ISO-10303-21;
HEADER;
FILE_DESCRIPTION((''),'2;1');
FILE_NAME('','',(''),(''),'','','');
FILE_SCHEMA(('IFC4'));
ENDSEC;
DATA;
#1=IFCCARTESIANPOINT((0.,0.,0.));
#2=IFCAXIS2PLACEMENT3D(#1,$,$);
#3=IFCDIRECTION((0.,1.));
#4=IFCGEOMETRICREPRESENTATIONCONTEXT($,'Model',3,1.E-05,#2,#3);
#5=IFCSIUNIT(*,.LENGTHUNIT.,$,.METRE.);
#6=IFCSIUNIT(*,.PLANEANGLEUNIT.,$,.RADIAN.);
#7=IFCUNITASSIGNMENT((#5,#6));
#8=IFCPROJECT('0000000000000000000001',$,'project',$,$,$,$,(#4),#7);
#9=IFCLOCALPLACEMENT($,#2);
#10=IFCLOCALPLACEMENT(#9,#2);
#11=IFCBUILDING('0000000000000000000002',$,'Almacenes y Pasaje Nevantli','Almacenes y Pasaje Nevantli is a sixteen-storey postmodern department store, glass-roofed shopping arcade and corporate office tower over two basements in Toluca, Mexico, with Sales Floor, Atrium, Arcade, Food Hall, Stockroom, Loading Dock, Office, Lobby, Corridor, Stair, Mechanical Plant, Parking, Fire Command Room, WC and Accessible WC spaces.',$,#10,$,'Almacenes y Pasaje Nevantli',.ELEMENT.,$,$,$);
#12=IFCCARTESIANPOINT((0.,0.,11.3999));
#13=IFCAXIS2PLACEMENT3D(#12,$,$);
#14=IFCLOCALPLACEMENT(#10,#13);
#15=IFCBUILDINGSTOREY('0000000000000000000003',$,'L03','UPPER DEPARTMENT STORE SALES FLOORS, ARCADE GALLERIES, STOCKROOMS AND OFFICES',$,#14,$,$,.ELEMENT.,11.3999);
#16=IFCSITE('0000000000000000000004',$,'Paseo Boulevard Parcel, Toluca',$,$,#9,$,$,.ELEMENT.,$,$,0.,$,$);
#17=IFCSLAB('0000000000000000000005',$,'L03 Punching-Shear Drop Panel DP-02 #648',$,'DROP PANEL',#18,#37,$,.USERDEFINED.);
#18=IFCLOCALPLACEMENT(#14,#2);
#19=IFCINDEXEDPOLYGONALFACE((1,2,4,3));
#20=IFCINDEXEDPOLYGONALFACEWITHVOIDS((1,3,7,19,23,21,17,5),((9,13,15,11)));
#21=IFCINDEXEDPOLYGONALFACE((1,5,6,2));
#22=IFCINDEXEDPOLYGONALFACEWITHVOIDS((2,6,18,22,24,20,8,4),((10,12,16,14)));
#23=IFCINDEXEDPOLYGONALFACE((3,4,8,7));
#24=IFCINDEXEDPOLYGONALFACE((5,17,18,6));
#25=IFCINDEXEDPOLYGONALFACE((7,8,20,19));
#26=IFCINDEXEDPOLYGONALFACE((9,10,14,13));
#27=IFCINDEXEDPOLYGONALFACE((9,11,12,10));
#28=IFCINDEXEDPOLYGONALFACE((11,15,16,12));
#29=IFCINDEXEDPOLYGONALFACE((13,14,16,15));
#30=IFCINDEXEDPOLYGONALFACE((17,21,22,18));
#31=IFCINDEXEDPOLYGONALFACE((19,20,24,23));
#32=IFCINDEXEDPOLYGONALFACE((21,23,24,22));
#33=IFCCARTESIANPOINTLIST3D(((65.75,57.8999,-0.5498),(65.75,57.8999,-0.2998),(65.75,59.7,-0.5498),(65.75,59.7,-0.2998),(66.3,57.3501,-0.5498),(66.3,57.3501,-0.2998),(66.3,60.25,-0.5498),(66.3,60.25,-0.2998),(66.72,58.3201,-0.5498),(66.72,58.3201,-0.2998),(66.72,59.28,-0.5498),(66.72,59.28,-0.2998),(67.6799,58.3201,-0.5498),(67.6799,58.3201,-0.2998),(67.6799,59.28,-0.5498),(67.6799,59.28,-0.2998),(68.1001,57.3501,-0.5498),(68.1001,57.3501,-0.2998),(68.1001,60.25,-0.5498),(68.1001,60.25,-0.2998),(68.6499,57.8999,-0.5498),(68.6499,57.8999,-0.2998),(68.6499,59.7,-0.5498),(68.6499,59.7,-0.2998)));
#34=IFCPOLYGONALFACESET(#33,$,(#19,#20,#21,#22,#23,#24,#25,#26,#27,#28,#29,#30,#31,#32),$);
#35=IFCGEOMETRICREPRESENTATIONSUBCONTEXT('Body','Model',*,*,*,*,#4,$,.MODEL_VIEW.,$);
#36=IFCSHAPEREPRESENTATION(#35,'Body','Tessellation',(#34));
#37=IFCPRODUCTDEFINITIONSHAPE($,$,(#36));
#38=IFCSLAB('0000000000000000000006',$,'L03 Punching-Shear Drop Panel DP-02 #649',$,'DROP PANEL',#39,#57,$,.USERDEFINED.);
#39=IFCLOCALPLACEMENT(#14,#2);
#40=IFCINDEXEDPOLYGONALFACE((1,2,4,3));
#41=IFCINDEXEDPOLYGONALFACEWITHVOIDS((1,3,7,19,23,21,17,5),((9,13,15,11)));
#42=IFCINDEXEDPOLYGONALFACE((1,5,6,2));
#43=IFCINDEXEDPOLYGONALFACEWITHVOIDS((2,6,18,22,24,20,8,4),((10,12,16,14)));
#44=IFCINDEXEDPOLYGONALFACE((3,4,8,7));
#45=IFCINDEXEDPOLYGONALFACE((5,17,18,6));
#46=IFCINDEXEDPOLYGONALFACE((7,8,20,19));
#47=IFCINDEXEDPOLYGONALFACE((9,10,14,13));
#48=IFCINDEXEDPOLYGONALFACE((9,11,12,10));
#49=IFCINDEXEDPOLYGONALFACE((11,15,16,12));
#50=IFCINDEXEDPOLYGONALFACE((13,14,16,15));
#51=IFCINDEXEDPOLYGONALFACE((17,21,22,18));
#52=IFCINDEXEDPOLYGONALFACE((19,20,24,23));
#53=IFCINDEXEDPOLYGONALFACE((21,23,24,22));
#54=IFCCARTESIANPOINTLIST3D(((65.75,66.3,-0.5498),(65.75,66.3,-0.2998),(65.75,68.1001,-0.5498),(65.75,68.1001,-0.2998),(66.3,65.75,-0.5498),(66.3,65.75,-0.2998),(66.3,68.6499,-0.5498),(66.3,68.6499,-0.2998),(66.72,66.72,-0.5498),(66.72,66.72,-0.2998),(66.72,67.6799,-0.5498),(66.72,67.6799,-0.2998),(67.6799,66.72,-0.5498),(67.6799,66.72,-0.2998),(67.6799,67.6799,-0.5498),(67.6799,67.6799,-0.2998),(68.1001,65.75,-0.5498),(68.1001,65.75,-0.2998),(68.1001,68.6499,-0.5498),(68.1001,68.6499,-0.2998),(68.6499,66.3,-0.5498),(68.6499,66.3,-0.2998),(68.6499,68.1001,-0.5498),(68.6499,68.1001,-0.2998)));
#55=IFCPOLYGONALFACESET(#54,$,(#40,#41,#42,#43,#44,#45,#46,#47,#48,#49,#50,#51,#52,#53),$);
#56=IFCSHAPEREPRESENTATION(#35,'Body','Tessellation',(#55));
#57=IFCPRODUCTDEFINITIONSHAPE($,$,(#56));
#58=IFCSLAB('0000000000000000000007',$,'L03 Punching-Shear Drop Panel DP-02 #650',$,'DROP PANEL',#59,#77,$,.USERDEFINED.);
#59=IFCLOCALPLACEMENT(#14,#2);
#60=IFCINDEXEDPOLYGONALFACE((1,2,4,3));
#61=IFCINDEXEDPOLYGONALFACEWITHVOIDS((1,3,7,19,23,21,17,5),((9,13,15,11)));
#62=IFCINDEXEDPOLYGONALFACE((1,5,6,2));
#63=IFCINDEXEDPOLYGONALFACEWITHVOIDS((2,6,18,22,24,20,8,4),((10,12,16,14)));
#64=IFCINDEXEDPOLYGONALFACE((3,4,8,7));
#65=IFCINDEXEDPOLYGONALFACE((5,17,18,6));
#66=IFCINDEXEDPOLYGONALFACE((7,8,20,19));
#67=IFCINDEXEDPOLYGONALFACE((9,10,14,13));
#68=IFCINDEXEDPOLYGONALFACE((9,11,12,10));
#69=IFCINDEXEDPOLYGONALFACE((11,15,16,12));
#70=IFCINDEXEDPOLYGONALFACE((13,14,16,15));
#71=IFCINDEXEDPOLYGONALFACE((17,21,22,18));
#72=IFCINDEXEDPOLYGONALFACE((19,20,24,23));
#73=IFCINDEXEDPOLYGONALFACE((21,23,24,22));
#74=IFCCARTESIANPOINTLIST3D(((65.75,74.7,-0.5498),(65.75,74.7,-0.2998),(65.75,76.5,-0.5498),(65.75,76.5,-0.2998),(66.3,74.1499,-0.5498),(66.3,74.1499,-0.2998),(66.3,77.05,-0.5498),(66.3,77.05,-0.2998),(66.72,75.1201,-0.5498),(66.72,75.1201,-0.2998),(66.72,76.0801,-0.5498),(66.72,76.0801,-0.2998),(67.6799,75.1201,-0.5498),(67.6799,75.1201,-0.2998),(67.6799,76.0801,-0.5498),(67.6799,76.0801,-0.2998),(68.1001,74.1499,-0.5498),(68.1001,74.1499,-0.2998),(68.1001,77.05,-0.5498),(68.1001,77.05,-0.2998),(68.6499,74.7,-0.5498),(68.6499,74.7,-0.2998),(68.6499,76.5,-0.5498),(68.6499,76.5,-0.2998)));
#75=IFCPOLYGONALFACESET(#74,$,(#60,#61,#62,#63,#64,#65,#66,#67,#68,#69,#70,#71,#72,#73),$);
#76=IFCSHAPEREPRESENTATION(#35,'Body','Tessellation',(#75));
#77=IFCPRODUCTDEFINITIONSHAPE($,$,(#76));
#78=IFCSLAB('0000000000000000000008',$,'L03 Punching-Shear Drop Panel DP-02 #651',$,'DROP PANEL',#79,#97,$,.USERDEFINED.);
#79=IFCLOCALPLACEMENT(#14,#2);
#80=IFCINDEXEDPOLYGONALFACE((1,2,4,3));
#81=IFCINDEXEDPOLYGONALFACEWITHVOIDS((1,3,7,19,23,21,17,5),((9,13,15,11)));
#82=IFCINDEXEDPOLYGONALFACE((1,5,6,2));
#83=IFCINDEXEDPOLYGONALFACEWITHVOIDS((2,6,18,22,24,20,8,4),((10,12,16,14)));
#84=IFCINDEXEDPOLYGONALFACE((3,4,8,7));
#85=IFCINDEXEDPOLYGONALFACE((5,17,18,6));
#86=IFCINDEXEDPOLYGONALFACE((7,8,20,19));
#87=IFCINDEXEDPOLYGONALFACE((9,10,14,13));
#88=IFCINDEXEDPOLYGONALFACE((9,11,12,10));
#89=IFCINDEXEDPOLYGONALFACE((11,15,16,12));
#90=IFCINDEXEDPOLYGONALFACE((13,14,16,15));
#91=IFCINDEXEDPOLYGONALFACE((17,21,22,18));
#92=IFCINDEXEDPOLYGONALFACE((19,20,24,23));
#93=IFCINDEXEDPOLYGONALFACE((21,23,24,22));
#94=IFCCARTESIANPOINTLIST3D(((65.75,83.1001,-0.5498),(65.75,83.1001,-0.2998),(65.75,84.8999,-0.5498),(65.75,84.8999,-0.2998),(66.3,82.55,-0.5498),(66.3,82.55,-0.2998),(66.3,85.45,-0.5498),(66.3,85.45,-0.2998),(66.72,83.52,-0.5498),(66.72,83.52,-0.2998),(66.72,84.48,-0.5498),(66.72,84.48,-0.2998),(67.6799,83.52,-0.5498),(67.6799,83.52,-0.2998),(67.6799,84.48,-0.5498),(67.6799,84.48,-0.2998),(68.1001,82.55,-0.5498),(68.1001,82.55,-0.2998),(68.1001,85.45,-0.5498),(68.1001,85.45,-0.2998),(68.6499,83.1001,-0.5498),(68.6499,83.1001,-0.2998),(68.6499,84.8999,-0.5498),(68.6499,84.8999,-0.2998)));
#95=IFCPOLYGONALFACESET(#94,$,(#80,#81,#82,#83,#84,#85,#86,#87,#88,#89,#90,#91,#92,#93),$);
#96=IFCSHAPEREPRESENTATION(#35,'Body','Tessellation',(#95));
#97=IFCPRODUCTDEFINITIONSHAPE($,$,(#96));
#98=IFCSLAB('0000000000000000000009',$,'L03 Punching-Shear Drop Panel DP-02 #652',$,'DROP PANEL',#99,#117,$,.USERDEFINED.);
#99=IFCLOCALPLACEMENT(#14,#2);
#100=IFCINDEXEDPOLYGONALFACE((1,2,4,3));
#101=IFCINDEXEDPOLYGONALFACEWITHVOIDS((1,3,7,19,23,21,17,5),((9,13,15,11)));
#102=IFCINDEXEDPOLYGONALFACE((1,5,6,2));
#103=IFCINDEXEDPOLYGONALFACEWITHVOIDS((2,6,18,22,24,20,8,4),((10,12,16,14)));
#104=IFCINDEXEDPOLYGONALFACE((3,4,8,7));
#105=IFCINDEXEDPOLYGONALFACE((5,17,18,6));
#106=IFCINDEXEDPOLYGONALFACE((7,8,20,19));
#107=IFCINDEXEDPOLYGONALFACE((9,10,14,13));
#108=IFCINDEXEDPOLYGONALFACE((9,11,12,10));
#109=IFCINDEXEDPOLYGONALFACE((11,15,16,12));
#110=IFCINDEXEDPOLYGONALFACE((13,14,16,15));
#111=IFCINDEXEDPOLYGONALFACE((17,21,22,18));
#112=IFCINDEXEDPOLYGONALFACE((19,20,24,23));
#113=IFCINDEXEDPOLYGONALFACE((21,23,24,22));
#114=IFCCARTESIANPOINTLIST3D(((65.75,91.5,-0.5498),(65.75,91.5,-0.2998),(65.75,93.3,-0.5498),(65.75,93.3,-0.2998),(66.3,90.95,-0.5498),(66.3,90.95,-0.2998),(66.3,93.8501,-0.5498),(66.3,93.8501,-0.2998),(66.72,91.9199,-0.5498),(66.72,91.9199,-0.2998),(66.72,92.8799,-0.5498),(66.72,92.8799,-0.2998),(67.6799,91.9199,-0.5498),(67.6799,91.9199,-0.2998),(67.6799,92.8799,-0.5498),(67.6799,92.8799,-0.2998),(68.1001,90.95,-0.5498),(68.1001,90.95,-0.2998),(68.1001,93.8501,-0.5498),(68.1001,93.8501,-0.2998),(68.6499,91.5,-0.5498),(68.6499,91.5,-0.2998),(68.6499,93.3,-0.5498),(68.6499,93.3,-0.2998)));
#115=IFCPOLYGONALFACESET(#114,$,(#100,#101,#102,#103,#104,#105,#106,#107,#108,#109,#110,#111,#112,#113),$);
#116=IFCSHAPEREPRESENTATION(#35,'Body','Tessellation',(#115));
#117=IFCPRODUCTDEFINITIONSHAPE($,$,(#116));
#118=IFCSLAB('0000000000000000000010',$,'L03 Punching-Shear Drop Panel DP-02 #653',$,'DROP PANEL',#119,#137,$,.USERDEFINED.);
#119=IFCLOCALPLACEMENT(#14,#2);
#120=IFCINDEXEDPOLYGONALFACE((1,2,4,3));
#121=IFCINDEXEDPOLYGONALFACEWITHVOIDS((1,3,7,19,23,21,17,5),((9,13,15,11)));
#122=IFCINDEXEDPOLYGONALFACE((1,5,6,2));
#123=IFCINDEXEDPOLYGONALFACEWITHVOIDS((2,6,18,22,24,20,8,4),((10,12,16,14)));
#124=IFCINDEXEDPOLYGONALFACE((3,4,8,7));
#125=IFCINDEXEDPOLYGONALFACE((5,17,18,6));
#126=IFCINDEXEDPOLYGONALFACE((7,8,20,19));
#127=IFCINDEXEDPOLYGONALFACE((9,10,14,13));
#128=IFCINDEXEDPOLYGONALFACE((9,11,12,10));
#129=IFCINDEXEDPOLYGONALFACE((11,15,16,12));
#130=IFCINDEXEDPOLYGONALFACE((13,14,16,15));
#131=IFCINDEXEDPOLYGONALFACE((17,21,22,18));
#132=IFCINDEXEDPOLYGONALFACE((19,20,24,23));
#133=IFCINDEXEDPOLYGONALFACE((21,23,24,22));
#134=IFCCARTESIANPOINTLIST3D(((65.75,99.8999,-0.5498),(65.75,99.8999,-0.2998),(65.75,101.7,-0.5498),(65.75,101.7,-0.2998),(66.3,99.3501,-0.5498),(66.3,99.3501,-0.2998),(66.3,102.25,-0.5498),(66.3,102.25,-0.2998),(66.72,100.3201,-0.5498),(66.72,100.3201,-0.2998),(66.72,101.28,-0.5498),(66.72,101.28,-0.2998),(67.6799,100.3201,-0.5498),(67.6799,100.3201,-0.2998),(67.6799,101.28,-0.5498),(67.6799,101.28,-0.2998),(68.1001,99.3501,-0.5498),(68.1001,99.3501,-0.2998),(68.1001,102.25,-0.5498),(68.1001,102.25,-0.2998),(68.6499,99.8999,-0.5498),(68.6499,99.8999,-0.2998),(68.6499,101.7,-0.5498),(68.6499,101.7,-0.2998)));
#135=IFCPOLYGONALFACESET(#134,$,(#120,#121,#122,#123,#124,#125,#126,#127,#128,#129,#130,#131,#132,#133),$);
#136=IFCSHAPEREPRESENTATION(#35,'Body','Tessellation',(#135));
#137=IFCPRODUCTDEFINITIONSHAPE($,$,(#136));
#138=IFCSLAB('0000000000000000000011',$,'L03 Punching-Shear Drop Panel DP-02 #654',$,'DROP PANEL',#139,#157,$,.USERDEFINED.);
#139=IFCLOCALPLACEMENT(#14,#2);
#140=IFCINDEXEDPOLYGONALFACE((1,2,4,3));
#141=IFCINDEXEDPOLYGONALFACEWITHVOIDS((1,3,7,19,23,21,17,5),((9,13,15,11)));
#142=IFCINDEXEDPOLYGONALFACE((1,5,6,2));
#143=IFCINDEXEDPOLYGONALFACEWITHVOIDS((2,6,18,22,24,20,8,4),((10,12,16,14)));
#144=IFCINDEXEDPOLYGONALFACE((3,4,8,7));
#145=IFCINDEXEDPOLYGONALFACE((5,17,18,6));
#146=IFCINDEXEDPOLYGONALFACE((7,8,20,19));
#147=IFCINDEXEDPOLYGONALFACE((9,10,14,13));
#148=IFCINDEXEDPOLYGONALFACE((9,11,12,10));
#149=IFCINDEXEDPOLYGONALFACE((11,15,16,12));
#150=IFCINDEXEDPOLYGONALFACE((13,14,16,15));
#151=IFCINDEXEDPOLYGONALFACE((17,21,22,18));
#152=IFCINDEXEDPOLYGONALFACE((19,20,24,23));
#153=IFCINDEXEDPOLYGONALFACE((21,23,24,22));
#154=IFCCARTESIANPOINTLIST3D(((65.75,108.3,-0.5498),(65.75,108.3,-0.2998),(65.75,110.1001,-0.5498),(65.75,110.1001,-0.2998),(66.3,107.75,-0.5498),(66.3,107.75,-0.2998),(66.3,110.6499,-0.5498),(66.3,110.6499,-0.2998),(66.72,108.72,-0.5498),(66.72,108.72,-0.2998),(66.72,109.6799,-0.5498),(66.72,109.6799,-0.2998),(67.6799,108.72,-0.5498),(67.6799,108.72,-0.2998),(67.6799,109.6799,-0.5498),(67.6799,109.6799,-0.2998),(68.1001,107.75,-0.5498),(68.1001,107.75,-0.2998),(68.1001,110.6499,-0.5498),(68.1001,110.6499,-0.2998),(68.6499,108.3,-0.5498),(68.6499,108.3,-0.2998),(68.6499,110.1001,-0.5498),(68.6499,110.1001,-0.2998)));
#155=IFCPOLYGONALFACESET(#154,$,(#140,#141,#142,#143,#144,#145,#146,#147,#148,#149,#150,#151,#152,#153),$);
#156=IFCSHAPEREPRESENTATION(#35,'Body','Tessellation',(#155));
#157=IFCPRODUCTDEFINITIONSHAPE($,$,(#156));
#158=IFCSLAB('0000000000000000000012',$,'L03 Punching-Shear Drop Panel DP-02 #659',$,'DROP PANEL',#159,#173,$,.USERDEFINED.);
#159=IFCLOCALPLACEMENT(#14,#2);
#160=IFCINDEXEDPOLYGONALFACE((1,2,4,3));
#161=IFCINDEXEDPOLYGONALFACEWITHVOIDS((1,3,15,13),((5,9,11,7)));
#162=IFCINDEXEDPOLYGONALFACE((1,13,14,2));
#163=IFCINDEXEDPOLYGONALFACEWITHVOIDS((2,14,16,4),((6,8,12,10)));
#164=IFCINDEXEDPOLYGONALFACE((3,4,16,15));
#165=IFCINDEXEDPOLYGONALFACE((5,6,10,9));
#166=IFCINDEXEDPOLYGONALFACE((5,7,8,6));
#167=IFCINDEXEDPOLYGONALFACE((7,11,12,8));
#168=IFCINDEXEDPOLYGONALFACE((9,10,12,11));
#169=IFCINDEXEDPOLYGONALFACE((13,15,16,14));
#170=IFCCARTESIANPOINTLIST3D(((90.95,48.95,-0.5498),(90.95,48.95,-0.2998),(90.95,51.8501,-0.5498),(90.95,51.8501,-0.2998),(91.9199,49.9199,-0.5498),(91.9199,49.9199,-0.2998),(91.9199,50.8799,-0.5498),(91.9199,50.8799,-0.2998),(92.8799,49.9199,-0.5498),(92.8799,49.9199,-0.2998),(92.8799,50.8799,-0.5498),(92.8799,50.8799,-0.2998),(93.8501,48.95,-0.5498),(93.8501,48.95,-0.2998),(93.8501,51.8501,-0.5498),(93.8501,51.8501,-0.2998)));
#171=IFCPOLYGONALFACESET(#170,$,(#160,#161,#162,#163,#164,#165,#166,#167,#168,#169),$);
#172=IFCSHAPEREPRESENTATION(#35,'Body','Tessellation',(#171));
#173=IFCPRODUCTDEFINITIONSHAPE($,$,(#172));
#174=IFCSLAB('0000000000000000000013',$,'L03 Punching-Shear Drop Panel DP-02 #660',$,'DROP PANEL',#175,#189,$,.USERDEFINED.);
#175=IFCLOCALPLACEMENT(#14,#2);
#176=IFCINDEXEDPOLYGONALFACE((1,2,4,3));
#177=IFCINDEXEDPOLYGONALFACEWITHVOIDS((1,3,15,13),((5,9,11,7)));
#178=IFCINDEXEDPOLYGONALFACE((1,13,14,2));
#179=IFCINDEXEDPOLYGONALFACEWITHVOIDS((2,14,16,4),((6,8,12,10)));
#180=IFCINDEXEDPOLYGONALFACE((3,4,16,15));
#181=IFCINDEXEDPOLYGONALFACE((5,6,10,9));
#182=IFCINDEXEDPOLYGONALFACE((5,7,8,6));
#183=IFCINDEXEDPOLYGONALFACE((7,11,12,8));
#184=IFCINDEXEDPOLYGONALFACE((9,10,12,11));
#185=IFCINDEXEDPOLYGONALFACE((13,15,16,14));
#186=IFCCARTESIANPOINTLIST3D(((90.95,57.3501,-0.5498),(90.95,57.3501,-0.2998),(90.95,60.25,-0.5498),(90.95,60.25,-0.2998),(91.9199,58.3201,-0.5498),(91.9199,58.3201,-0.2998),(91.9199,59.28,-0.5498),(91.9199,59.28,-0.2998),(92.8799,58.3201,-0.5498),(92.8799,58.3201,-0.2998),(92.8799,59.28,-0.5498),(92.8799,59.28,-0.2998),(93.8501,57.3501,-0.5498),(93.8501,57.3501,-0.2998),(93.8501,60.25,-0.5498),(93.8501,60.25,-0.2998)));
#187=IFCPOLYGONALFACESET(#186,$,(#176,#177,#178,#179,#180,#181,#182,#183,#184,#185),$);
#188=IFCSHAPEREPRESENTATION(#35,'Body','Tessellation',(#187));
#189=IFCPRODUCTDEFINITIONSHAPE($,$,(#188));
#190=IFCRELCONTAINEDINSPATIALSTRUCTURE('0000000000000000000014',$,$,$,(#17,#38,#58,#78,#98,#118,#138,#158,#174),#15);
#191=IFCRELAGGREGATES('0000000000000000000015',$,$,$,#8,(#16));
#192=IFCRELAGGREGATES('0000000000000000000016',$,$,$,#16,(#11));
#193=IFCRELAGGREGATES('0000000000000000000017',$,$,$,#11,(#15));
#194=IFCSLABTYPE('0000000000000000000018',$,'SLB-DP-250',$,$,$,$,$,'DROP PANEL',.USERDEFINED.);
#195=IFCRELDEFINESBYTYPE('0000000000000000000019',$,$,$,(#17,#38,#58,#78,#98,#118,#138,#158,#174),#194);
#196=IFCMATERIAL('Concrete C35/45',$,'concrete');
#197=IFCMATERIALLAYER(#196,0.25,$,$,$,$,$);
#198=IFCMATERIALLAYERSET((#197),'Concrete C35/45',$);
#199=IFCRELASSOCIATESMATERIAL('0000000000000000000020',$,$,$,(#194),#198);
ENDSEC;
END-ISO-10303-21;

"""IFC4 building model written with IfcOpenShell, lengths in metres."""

from ifc_helpers import new_model, si_unit, direction, frame, origin, place, context, subcontext, project, spatial, polyline, outline, extrude, material, layer, layer_set, type_object, element, save


model = new_model("IFC4")

# Units and contexts
model_context = context("Model", 3, precision=1e-05, world=origin(), true_north=direction((0.0, 1.0)))
body_context = subcontext(model_context, "Body", "Model", "MODEL_VIEW")
ifc_project = project(units=[si_unit("LENGTHUNIT", "METRE"), si_unit("PLANEANGLEUNIT", "RADIAN")], contexts=[model_context])

# Site, building, storey
site_placement = place(None, origin())
site = spatial("IfcSite", under=ifc_project, at=site_placement, Name="Paseo Boulevard Parcel, Toluca", CompositionType="ELEMENT", RefElevation=0.0)
building_placement = place(site_placement, origin())
building = spatial("IfcBuilding", under=site, at=building_placement, Name="Almacenes y Pasaje Nevantli", Description="Almacenes y Pasaje Nevantli is a sixteen-storey postmodern department store, glass-roofed shopping arcade and corporate office tower over two basements in Toluca, Mexico, with Sales Floor, Atrium, Arcade, Food Hall, Stockroom, Loading Dock, Office, Lobby, Corridor, Stair, Mechanical Plant, Parking, Fire Command Room, WC and Accessible WC spaces.", LongName="Almacenes y Pasaje Nevantli", CompositionType="ELEMENT")
storey_placement = place(building_placement, frame((0.0, 0.0, 11.3999)))
storey = spatial("IfcBuildingStorey", under=building, at=storey_placement, Name="L03", Description="UPPER DEPARTMENT STORE SALES FLOORS, ARCADE GALLERIES, STOCKROOMS AND OFFICES", CompositionType="ELEMENT", Elevation=11.3999)

# Slabs
ifc_material = material(Name="Concrete C35/45", Category="concrete")
ifc_layer = layer(ifc_material, 0.25)
ifc_layer_set = layer_set([ifc_layer], Name="Concrete C35/45")
slab_type = type_object("IfcSlabType", Name="SLB-DP-250", ElementType="DROP PANEL", PredefinedType="USERDEFINED", material=ifc_layer_set)
slab_1_placement = place(storey_placement, frame((0.0, 0.0, -0.5498)))
element("IfcSlab", 1, at=slab_1_placement, inside=storey, type_object=slab_type, Name="L03 Punching-Shear Drop Panel DP-02 #648", ObjectType="DROP PANEL", PredefinedType="USERDEFINED", context=body_context, shape_type="SweptSolid", body=[
    extrude(outline(polyline([(66.3, 57.3501), (68.1001, 57.3501), (68.6499, 57.8999), (68.6499, 59.7), (68.1001, 60.25), (66.3, 60.25), (65.75, 59.7), (65.75, 57.8999), (66.3, 57.3501)]), holes=[polyline([(66.72, 58.3201), (67.6799, 58.3201), (67.6799, 59.28), (66.72, 59.28), (66.72, 58.3201)])]), origin(), (0.0, 0.0, 1.0), 0.25),
])
slab_2_placement = place(storey_placement, frame((0.0, 0.0, -0.5498)))
element("IfcSlab", 2, at=slab_2_placement, inside=storey, type_object=slab_type, Name="L03 Punching-Shear Drop Panel DP-02 #649", ObjectType="DROP PANEL", PredefinedType="USERDEFINED", context=body_context, shape_type="SweptSolid", body=[
    extrude(outline(polyline([(66.3, 65.75), (68.1001, 65.75), (68.6499, 66.3), (68.6499, 68.1001), (68.1001, 68.6499), (66.3, 68.6499), (65.75, 68.1001), (65.75, 66.3), (66.3, 65.75)]), holes=[polyline([(66.72, 66.72), (67.6799, 66.72), (67.6799, 67.6799), (66.72, 67.6799), (66.72, 66.72)])]), origin(), (0.0, 0.0, 1.0), 0.25),
])
slab_3_placement = place(storey_placement, frame((0.0, 0.0, -0.5498)))
element("IfcSlab", 3, at=slab_3_placement, inside=storey, type_object=slab_type, Name="L03 Punching-Shear Drop Panel DP-02 #650", ObjectType="DROP PANEL", PredefinedType="USERDEFINED", context=body_context, shape_type="SweptSolid", body=[
    extrude(outline(polyline([(66.3, 74.1499), (68.1001, 74.1499), (68.6499, 74.7), (68.6499, 76.5), (68.1001, 77.05), (66.3, 77.05), (65.75, 76.5), (65.75, 74.7), (66.3, 74.1499)]), holes=[polyline([(66.72, 75.1201), (67.6799, 75.1201), (67.6799, 76.0801), (66.72, 76.0801), (66.72, 75.1201)])]), origin(), (0.0, 0.0, 1.0), 0.25),
])
slab_4_placement = place(storey_placement, frame((0.0, 0.0, -0.5498)))
element("IfcSlab", 4, at=slab_4_placement, inside=storey, type_object=slab_type, Name="L03 Punching-Shear Drop Panel DP-02 #651", ObjectType="DROP PANEL", PredefinedType="USERDEFINED", context=body_context, shape_type="SweptSolid", body=[
    extrude(outline(polyline([(66.3, 82.55), (68.1001, 82.55), (68.6499, 83.1001), (68.6499, 84.8999), (68.1001, 85.45), (66.3, 85.45), (65.75, 84.8999), (65.75, 83.1001), (66.3, 82.55)]), holes=[polyline([(66.72, 83.52), (67.6799, 83.52), (67.6799, 84.48), (66.72, 84.48), (66.72, 83.52)])]), origin(), (0.0, 0.0, 1.0), 0.25),
])
slab_5_placement = place(storey_placement, frame((0.0, 0.0, -0.5498)))
element("IfcSlab", 5, at=slab_5_placement, inside=storey, type_object=slab_type, Name="L03 Punching-Shear Drop Panel DP-02 #652", ObjectType="DROP PANEL", PredefinedType="USERDEFINED", context=body_context, shape_type="SweptSolid", body=[
    extrude(outline(polyline([(66.3, 90.95), (68.1001, 90.95), (68.6499, 91.5), (68.6499, 93.3), (68.1001, 93.8501), (66.3, 93.8501), (65.75, 93.3), (65.75, 91.5), (66.3, 90.95)]), holes=[polyline([(66.72, 91.9199), (67.6799, 91.9199), (67.6799, 92.8799), (66.72, 92.8799), (66.72, 91.9199)])]), origin(), (0.0, 0.0, 1.0), 0.25),
])
slab_6_placement = place(storey_placement, frame((0.0, 0.0, -0.5498)))
element("IfcSlab", 6, at=slab_6_placement, inside=storey, type_object=slab_type, Name="L03 Punching-Shear Drop Panel DP-02 #653", ObjectType="DROP PANEL", PredefinedType="USERDEFINED", context=body_context, shape_type="SweptSolid", body=[
    extrude(outline(polyline([(66.3, 99.3501), (68.1001, 99.3501), (68.6499, 99.8999), (68.6499, 101.7), (68.1001, 102.25), (66.3, 102.25), (65.75, 101.7), (65.75, 99.8999), (66.3, 99.3501)]), holes=[polyline([(66.72, 100.3201), (67.6799, 100.3201), (67.6799, 101.28), (66.72, 101.28), (66.72, 100.3201)])]), origin(), (0.0, 0.0, 1.0), 0.25),
])
slab_7_placement = place(storey_placement, frame((0.0, 0.0, -0.5498)))
element("IfcSlab", 7, at=slab_7_placement, inside=storey, type_object=slab_type, Name="L03 Punching-Shear Drop Panel DP-02 #654", ObjectType="DROP PANEL", PredefinedType="USERDEFINED", context=body_context, shape_type="SweptSolid", body=[
    extrude(outline(polyline([(66.3, 107.75), (68.1001, 107.75), (68.6499, 108.3), (68.6499, 110.1001), (68.1001, 110.6499), (66.3, 110.6499), (65.75, 110.1001), (65.75, 108.3), (66.3, 107.75)]), holes=[polyline([(66.72, 108.72), (67.6799, 108.72), (67.6799, 109.6799), (66.72, 109.6799), (66.72, 108.72)])]), origin(), (0.0, 0.0, 1.0), 0.25),
])
slab_8_placement = place(storey_placement, frame((0.0, 0.0, -0.5498)))
element("IfcSlab", 8, at=slab_8_placement, inside=storey, type_object=slab_type, Name="L03 Punching-Shear Drop Panel DP-02 #659", ObjectType="DROP PANEL", PredefinedType="USERDEFINED", context=body_context, shape_type="SweptSolid", body=[
    extrude(outline(polyline([(90.95, 48.95), (93.8501, 48.95), (93.8501, 51.8501), (90.95, 51.8501), (90.95, 48.95)]), holes=[polyline([(91.9199, 49.9199), (92.8799, 49.9199), (92.8799, 50.8799), (91.9199, 50.8799), (91.9199, 49.9199)])]), origin(), (0.0, 0.0, 1.0), 0.25),
])
slab_9_placement = place(storey_placement, frame((0.0, 0.0, -0.5498)))
element("IfcSlab", 9, at=slab_9_placement, inside=storey, type_object=slab_type, Name="L03 Punching-Shear Drop Panel DP-02 #660", ObjectType="DROP PANEL", PredefinedType="USERDEFINED", context=body_context, shape_type="SweptSolid", body=[
    extrude(outline(polyline([(90.95, 57.3501), (93.8501, 57.3501), (93.8501, 60.25), (90.95, 60.25), (90.95, 57.3501)]), holes=[polyline([(91.9199, 58.3201), (92.8799, 58.3201), (92.8799, 59.28), (91.9199, 59.28), (91.9199, 58.3201)])]), origin(), (0.0, 0.0, 1.0), 0.25),
])

save(model, "model.ifc")
